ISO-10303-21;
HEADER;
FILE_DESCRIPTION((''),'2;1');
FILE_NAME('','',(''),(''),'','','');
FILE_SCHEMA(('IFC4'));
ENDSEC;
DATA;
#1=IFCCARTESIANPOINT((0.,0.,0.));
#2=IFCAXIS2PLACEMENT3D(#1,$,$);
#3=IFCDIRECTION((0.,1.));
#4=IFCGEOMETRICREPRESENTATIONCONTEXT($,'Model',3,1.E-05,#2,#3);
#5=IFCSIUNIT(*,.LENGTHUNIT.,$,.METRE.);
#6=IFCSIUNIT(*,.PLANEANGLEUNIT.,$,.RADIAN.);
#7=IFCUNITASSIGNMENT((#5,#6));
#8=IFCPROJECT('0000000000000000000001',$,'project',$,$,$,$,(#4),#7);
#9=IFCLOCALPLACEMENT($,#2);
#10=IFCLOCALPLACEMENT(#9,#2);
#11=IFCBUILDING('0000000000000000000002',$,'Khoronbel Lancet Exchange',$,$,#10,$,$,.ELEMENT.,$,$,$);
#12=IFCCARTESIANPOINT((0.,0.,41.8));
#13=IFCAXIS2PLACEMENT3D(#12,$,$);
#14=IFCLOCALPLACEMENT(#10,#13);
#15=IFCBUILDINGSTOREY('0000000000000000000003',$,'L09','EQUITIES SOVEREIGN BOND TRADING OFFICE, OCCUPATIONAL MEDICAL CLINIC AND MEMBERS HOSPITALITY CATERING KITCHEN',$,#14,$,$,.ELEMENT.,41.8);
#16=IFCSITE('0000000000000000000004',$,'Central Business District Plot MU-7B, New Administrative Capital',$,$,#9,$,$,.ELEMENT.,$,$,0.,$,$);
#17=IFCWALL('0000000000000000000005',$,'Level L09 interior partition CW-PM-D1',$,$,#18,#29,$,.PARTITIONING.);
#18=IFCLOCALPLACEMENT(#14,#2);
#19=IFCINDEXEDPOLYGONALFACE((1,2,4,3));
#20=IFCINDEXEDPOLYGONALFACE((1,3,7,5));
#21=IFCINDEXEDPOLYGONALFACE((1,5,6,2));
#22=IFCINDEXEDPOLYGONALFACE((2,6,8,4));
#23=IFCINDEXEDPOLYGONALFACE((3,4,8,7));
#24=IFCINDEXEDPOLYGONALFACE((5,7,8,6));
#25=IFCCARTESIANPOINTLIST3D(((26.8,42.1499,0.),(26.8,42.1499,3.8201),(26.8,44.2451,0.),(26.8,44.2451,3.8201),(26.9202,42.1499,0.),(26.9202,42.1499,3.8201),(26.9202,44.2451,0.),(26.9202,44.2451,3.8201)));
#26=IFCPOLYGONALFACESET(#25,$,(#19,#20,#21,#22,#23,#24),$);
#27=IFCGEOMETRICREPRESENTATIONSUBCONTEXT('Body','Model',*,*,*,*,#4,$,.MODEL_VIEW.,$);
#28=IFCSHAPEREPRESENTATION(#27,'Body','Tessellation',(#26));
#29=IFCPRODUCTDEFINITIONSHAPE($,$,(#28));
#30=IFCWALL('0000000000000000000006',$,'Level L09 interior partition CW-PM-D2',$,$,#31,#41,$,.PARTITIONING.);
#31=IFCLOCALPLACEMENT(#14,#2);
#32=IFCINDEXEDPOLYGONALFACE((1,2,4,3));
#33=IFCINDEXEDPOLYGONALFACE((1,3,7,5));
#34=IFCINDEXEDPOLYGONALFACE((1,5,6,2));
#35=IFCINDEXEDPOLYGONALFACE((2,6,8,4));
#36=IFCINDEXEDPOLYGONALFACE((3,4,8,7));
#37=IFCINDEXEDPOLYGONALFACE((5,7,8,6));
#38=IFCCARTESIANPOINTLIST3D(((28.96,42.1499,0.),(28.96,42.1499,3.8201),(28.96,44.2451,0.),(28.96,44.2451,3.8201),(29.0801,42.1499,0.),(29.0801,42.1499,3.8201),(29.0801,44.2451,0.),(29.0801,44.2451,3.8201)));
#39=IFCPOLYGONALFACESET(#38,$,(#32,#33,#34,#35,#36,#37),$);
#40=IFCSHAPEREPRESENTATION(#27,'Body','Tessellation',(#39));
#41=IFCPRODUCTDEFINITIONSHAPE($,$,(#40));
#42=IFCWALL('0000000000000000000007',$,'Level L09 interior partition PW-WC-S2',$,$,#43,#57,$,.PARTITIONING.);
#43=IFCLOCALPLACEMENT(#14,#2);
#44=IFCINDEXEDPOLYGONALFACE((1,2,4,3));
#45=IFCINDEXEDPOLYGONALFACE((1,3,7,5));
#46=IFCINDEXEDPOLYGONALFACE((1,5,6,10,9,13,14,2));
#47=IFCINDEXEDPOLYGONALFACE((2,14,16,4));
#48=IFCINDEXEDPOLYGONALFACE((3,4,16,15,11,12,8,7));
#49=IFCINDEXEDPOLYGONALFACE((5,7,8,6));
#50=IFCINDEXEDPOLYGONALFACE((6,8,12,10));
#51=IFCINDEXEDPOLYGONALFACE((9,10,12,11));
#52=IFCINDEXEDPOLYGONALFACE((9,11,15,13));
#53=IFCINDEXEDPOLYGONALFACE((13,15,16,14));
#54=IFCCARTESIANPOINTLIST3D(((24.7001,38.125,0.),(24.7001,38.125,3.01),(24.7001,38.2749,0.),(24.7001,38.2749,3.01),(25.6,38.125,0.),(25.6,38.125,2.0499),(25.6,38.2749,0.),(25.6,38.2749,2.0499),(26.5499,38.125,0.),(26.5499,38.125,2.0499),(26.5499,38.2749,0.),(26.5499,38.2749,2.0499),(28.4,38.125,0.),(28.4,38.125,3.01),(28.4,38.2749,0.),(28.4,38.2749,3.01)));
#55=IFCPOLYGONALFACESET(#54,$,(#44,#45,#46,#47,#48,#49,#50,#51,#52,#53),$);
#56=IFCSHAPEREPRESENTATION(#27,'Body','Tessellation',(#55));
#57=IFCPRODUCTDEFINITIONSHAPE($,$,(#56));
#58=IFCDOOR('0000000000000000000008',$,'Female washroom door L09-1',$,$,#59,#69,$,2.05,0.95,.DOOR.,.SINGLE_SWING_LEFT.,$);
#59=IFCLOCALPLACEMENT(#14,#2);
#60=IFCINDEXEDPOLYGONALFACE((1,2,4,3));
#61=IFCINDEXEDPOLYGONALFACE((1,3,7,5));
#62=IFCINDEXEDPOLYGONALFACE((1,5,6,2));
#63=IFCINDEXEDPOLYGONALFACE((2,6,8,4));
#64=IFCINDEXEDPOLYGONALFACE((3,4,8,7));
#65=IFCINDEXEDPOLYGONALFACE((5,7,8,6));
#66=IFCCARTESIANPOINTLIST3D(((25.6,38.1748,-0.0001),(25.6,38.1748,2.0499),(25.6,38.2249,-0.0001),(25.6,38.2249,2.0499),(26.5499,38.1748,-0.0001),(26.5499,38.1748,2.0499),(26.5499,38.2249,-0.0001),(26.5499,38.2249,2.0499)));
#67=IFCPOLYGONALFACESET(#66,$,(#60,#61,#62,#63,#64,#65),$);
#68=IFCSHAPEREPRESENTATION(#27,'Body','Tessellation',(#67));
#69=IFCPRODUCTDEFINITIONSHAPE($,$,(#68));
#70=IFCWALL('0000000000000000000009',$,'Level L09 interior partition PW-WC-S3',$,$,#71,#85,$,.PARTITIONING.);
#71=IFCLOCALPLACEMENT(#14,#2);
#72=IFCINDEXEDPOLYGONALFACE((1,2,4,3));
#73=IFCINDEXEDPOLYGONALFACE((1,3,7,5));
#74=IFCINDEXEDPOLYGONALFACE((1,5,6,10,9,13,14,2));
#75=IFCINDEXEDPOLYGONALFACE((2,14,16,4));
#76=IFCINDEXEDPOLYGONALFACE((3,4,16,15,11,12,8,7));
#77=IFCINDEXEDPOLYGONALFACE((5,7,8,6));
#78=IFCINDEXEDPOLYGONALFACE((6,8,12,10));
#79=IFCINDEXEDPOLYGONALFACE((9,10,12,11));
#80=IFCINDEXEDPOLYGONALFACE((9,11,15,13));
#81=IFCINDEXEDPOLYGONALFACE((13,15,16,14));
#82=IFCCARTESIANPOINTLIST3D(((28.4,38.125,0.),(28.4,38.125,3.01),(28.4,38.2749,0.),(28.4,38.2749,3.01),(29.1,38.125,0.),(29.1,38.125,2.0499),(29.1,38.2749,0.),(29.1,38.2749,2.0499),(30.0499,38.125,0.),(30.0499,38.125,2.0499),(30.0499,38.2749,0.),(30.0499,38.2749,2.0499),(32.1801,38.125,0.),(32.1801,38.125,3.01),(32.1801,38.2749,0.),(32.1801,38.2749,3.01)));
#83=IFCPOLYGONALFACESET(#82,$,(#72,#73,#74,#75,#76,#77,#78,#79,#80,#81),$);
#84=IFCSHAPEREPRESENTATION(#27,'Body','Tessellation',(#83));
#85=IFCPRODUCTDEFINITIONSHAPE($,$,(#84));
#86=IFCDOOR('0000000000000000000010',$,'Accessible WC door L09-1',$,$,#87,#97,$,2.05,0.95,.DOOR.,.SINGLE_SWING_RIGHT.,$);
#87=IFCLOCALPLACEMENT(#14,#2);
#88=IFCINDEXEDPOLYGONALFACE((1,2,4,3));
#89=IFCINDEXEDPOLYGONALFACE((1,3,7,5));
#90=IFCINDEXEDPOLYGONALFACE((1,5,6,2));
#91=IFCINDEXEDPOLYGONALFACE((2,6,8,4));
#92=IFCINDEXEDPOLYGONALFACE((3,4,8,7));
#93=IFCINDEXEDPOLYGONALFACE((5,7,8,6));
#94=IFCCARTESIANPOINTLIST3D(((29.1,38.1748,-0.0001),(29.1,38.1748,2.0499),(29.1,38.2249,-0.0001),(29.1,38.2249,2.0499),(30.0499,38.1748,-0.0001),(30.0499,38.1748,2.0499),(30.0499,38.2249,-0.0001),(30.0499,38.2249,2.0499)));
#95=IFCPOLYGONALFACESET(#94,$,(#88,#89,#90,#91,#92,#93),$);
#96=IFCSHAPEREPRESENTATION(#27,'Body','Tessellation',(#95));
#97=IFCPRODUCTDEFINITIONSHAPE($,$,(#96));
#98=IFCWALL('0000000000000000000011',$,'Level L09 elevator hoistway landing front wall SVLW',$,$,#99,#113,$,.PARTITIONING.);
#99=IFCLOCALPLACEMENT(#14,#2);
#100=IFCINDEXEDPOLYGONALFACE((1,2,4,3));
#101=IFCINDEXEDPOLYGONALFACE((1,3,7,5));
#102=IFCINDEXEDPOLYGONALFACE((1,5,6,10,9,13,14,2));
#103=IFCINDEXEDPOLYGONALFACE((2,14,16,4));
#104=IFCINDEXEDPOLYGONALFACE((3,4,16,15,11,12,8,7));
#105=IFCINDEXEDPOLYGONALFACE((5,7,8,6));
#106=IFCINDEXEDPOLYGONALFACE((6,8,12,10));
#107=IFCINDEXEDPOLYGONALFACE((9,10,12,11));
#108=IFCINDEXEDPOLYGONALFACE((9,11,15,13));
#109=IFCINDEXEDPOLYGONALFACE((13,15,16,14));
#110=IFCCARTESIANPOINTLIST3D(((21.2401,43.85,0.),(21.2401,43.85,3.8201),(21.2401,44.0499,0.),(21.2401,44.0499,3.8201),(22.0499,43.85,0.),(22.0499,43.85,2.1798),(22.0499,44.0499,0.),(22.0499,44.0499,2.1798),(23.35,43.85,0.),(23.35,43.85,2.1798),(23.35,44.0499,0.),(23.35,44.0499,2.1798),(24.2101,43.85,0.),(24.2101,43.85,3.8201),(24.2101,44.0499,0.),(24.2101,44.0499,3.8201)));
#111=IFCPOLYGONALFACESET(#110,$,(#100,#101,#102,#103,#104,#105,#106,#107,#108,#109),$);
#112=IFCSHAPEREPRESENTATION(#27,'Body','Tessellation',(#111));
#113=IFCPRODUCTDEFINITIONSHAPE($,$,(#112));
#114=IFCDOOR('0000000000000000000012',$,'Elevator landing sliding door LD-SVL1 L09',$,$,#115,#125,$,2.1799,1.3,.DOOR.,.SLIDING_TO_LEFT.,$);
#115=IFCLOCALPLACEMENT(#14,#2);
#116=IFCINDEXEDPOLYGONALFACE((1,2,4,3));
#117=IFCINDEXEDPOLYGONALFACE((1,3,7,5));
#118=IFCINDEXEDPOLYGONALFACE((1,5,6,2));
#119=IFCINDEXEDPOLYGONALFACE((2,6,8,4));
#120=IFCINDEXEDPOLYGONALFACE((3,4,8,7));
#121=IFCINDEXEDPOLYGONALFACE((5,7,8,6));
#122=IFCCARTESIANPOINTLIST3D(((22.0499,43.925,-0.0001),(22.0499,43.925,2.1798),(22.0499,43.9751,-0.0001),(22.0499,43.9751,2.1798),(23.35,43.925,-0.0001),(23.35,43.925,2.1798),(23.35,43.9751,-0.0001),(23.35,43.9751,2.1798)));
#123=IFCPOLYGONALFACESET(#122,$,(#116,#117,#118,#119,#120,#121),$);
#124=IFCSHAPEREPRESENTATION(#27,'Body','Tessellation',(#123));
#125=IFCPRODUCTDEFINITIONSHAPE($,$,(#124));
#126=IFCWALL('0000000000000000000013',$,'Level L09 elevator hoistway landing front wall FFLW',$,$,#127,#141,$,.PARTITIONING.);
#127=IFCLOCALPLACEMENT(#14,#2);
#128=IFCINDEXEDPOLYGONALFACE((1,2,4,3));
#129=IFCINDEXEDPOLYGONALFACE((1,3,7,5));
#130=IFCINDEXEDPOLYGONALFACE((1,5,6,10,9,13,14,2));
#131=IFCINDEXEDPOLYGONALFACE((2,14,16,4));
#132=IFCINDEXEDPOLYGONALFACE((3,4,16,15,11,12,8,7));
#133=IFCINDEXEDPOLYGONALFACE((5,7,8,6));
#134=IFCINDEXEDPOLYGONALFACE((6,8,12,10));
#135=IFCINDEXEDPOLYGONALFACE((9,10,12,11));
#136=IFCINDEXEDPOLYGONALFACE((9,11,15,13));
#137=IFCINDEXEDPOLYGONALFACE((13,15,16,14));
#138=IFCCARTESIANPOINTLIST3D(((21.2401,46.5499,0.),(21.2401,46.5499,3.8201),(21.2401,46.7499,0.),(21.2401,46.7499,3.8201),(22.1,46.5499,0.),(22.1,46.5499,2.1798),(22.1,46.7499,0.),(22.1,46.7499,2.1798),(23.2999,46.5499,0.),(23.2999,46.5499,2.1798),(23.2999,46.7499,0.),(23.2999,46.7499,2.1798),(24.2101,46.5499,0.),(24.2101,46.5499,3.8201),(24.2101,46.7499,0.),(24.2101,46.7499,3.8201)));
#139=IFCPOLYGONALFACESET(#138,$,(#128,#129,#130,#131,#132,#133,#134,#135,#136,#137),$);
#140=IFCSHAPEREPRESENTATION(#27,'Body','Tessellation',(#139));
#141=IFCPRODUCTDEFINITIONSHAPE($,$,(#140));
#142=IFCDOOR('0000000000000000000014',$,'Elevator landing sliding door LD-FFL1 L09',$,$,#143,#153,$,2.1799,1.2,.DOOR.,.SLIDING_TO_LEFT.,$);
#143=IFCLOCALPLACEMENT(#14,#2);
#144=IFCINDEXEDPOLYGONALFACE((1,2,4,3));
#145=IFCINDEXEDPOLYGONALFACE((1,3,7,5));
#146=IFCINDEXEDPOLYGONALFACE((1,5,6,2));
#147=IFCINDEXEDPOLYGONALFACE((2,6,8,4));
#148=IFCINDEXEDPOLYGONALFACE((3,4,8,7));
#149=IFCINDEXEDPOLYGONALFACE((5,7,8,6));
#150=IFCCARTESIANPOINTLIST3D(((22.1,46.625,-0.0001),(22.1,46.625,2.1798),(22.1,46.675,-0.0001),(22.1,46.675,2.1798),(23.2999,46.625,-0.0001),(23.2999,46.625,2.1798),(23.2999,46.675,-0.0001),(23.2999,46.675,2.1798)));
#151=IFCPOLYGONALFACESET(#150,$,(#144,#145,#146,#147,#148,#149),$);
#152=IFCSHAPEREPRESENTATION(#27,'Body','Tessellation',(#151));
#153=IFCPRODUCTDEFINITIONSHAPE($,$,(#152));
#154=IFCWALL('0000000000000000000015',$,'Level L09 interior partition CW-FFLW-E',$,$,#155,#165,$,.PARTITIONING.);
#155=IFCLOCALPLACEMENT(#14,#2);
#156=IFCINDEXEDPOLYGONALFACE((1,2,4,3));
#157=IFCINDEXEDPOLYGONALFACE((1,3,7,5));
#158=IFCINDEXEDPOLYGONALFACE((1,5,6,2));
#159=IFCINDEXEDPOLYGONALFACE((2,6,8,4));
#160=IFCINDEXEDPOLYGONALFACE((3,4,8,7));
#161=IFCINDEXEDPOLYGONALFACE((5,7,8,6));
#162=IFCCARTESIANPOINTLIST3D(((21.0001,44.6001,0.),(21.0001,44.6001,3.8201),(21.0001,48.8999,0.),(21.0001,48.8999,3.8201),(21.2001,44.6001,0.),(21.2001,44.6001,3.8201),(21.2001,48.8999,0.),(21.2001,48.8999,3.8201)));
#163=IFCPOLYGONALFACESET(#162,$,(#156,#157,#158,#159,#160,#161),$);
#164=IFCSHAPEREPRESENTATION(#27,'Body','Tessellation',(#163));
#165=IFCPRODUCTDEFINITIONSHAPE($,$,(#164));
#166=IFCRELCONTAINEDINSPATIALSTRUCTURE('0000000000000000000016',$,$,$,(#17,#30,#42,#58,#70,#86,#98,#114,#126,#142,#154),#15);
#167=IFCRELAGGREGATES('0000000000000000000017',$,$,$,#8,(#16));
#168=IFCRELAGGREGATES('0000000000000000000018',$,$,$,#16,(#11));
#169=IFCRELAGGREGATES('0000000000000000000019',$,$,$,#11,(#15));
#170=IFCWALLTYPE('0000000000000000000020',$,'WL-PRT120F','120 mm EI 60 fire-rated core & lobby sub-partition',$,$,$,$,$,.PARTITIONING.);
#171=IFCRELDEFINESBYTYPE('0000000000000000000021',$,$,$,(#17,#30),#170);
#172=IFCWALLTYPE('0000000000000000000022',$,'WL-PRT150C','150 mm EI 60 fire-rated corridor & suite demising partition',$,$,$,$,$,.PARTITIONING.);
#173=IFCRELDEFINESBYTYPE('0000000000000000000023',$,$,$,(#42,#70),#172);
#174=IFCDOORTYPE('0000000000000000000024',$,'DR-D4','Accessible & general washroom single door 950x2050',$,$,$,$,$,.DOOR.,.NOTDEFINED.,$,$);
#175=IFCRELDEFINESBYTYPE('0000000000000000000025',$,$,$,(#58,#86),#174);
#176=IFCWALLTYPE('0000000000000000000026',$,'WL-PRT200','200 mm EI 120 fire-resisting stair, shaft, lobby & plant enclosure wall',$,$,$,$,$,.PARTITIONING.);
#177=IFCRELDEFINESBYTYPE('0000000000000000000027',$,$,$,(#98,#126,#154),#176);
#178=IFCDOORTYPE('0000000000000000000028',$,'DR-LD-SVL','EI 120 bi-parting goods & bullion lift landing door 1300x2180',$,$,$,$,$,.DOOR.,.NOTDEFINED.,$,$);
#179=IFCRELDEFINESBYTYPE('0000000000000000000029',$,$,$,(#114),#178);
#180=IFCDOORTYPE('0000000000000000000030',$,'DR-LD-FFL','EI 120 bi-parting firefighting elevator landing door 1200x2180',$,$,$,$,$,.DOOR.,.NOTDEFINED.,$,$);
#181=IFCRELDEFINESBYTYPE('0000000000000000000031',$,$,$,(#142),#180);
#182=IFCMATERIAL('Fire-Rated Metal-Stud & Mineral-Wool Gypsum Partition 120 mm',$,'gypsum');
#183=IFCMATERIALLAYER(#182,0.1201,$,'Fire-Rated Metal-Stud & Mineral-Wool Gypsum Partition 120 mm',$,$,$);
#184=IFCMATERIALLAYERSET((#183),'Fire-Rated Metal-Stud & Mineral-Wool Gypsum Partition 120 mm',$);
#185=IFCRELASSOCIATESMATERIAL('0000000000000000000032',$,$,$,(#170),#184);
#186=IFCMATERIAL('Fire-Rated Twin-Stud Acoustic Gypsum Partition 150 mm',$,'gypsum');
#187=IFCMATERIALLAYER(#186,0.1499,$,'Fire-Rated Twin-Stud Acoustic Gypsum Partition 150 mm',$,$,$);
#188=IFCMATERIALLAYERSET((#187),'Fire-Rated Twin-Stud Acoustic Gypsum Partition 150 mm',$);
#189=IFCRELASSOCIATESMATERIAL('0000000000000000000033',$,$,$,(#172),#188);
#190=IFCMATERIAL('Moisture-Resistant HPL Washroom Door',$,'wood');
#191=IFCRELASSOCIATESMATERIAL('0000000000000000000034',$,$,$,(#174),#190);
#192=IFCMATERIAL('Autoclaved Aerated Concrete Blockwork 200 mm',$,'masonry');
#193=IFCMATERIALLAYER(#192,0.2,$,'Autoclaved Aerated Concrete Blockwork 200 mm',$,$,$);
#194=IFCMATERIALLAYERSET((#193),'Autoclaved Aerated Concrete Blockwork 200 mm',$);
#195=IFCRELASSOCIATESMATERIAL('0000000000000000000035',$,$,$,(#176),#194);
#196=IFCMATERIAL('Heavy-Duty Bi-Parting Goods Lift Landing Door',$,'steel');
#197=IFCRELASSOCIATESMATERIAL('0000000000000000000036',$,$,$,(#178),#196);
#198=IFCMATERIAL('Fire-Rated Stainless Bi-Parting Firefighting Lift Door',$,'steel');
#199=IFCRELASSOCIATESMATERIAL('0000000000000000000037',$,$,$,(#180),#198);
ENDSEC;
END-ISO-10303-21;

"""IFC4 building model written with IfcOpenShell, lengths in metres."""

from ifc_helpers import new_model, si_unit, direction, frame, frame_2d, origin, place, context, subcontext, project, spatial, rectangle, extrude, material, layer, layer_set, type_object, element, fill, save


model = new_model("IFC4")

# Units and contexts
model_context = context("Model", 3, precision=1e-05, world=origin(), true_north=direction((0.0, 1.0)))
body_context = subcontext(model_context, "Body", "Model", "MODEL_VIEW")
ifc_project = project(units=[si_unit("LENGTHUNIT", "METRE"), si_unit("PLANEANGLEUNIT", "RADIAN")], contexts=[model_context])

# Site, building, storey
site_placement = place(None, origin())
site = spatial("IfcSite", under=ifc_project, at=site_placement, Name="Central Business District Plot MU-7B, New Administrative Capital", CompositionType="ELEMENT", RefElevation=0.0)
building_placement = place(site_placement, origin())
building = spatial("IfcBuilding", under=site, at=building_placement, Name="Khoronbel Lancet Exchange", CompositionType="ELEMENT")
storey_placement = place(building_placement, frame((0.0, 0.0, 41.8)))
storey = spatial("IfcBuildingStorey", under=building, at=storey_placement, Name="L09", Description="EQUITIES SOVEREIGN BOND TRADING OFFICE, OCCUPATIONAL MEDICAL CLINIC AND MEMBERS HOSPITALITY CATERING KITCHEN", CompositionType="ELEMENT", Elevation=41.8)

# Walls
ifc_material_1 = material(Name="Fire-Rated Metal-Stud & Mineral-Wool Gypsum Partition 120 mm", Category="gypsum")
ifc_layer_1 = layer(ifc_material_1, 0.1201, Name="Fire-Rated Metal-Stud & Mineral-Wool Gypsum Partition 120 mm")
ifc_layer_set_1 = layer_set([ifc_layer_1], Name="Fire-Rated Metal-Stud & Mineral-Wool Gypsum Partition 120 mm")
wall_type_1 = type_object("IfcWallType", Name="WL-PRT120F", Description="120 mm EI 60 fire-rated core & lobby sub-partition", PredefinedType="PARTITIONING", material=ifc_layer_set_1)
for number, where, z_axis, x_axis, name in (
    (1, (26.8601, 42.1499, 0.0), (0.0, 0.0, 1.0), (0.0, 1.0, 0.0), "Level L09 interior partition CW-PM-D1"),
    (2, (29.02, 42.1499, 0.0), (0.0, 0.0, 1.0), (0.0, 1.0, 0.0), "Level L09 interior partition CW-PM-D2"),
):
    element("IfcWall", number, at=place(storey_placement, frame(where, z_axis=z_axis, x_axis=x_axis)), inside=storey, type_object=wall_type_1, Name=name, PredefinedType="PARTITIONING", context=body_context, shape_type="SweptSolid", body=[
        extrude(rectangle(XDim=2.0952, YDim=0.1201, at=frame_2d((1.0476, 0.0))), origin(), (0.0, 0.0, 1.0), 3.8201),
    ])

# Walls, openings, doors
ifc_material_2 = material(Name="Fire-Rated Twin-Stud Acoustic Gypsum Partition 150 mm", Category="gypsum")
ifc_layer_2 = layer(ifc_material_2, 0.1499, Name="Fire-Rated Twin-Stud Acoustic Gypsum Partition 150 mm")
ifc_layer_set_2 = layer_set([ifc_layer_2], Name="Fire-Rated Twin-Stud Acoustic Gypsum Partition 150 mm")
wall_type_2 = type_object("IfcWallType", Name="WL-PRT150C", Description="150 mm EI 60 fire-rated corridor & suite demising partition", PredefinedType="PARTITIONING", material=ifc_layer_set_2)
wall_1_placement = place(storey_placement, frame((24.7, 38.2, 0.0), z_axis=(0.0, 0.0, 1.0), x_axis=(1.0, 0.0, 0.0)))
wall_1 = element("IfcWall", 3, at=wall_1_placement, inside=storey, type_object=wall_type_2, Name="Level L09 interior partition PW-WC-S2", PredefinedType="PARTITIONING", context=body_context, shape_type="SweptSolid", body=[
    extrude(rectangle(XDim=3.7, YDim=0.1499, at=frame_2d((1.8501, 0.0))), origin(), (0.0, 0.0, 1.0), 3.01),
])
opening_1_placement = place(wall_1_placement, frame((0.8999, 0.0, 0.0)))
opening_1 = element("IfcOpeningElement", 4, at=opening_1_placement, cuts=wall_1, PredefinedType="OPENING", context=body_context, shape_type="SweptSolid", body=[
    extrude(rectangle(XDim=0.95, YDim=2.05, at=frame_2d((0.4751, 1.0249))), frame((0.0, 0.085, 0.0), z_axis=(0.0, -1.0, 0.0), x_axis=(1.0, 0.0, 0.0)), (0.0, 0.0, 1.0), 0.1699),
])
ifc_material_3 = material(Name="Moisture-Resistant HPL Washroom Door", Category="wood")
door_type_1 = type_object("IfcDoorType", Name="DR-D4", Description="Accessible & general washroom single door 950x2050", OperationType="NOTDEFINED", PredefinedType="DOOR", material=ifc_material_3)
door_1_placement = place(opening_1_placement, origin())
door_1 = element("IfcDoor", 5, at=door_1_placement, inside=storey, type_object=door_type_1, Name="Female washroom door L09-1", OperationType="SINGLE_SWING_LEFT", OverallHeight=2.05, OverallWidth=0.95, PredefinedType="DOOR", context=body_context, shape_type="SweptSolid", body=[
    extrude(rectangle(XDim=0.95, YDim=2.05, at=frame_2d((0.4751, 1.0249))), frame((0.0, 0.0249, 0.0), z_axis=(0.0, -1.0, 0.0), x_axis=(1.0, 0.0, 0.0)), (0.0, 0.0, 1.0), 0.05),
])
fill(opening_1, door_1)
wall_2_placement = place(storey_placement, frame((28.3999, 38.2, 0.0), z_axis=(0.0, 0.0, 1.0), x_axis=(1.0, 0.0, 0.0)))
wall_2 = element("IfcWall", 6, at=wall_2_placement, inside=storey, type_object=wall_type_2, Name="Level L09 interior partition PW-WC-S3", PredefinedType="PARTITIONING", context=body_context, shape_type="SweptSolid", body=[
    extrude(rectangle(XDim=3.78, YDim=0.1499, at=frame_2d((1.8901, 0.0))), origin(), (0.0, 0.0, 1.0), 3.01),
])
opening_2_placement = place(wall_2_placement, frame((0.7, 0.0, 0.0)))
opening_2 = element("IfcOpeningElement", 7, at=opening_2_placement, cuts=wall_2, PredefinedType="OPENING", context=body_context, shape_type="SweptSolid", body=[
    extrude(rectangle(XDim=0.95, YDim=2.05, at=frame_2d((0.4751, 1.0249))), frame((0.0, 0.085, 0.0), z_axis=(0.0, -1.0, 0.0), x_axis=(1.0, 0.0, 0.0)), (0.0, 0.0, 1.0), 0.1699),
])
door_2_placement = place(opening_2_placement, origin())
door_2 = element("IfcDoor", 8, at=door_2_placement, inside=storey, type_object=door_type_1, Name="Accessible WC door L09-1", OperationType="SINGLE_SWING_RIGHT", OverallHeight=2.05, OverallWidth=0.95, PredefinedType="DOOR", context=body_context, shape_type="SweptSolid", body=[
    extrude(rectangle(XDim=0.95, YDim=2.05, at=frame_2d((0.4751, 1.0249))), frame((0.0, 0.0249, 0.0), z_axis=(0.0, -1.0, 0.0), x_axis=(1.0, 0.0, 0.0)), (0.0, 0.0, 1.0), 0.05),
])
fill(opening_2, door_2)
ifc_material_4 = material(Name="Autoclaved Aerated Concrete Blockwork 200 mm", Category="masonry")
ifc_layer_3 = layer(ifc_material_4, 0.2, Name="Autoclaved Aerated Concrete Blockwork 200 mm")
ifc_layer_set_3 = layer_set([ifc_layer_3], Name="Autoclaved Aerated Concrete Blockwork 200 mm")
wall_type_3 = type_object("IfcWallType", Name="WL-PRT200", Description="200 mm EI 120 fire-resisting stair, shaft, lobby & plant enclosure wall", PredefinedType="PARTITIONING", material=ifc_layer_set_3)
wall_3_placement = place(storey_placement, frame((24.21, 43.95, 0.0), z_axis=(0.0, 0.0, 1.0), x_axis=(-1.0, 0.0, 0.0)))
wall_3 = element("IfcWall", 9, at=wall_3_placement, inside=storey, type_object=wall_type_3, Name="Level L09 elevator hoistway landing front wall SVLW", PredefinedType="PARTITIONING", context=body_context, shape_type="SweptSolid", body=[
    extrude(rectangle(XDim=2.97, YDim=0.2, at=frame_2d((1.4849, 0.0))), origin(), (0.0, 0.0, 1.0), 3.8201),
])
opening_3_placement = place(wall_3_placement, frame((0.8601, 0.0, 0.0)))
opening_3 = element("IfcOpeningElement", 10, at=opening_3_placement, cuts=wall_3, PredefinedType="OPENING", context=body_context, shape_type="SweptSolid", body=[
    extrude(rectangle(XDim=1.3, YDim=2.1799, at=frame_2d((0.6499, 1.0898))), frame((0.0, 0.1099, 0.0), z_axis=(0.0, -1.0, 0.0), x_axis=(1.0, 0.0, 0.0)), (0.0, 0.0, 1.0), 0.22),
])
ifc_material_5 = material(Name="Heavy-Duty Bi-Parting Goods Lift Landing Door", Category="steel")
door_type_2 = type_object("IfcDoorType", Name="DR-LD-SVL", Description="EI 120 bi-parting goods & bullion lift landing door 1300x2180", OperationType="NOTDEFINED", PredefinedType="DOOR", material=ifc_material_5)
door_3_placement = place(opening_3_placement, origin())
door_3 = element("IfcDoor", 11, at=door_3_placement, inside=storey, type_object=door_type_2, Name="Elevator landing sliding door LD-SVL1 L09", OperationType="SLIDING_TO_LEFT", OverallHeight=2.1799, OverallWidth=1.3, PredefinedType="DOOR", context=body_context, shape_type="SweptSolid", body=[
    extrude(rectangle(XDim=1.3, YDim=2.1799, at=frame_2d((0.6499, 1.0898))), frame((0.0, 0.0249, 0.0), z_axis=(0.0, -1.0, 0.0), x_axis=(1.0, 0.0, 0.0)), (0.0, 0.0, 1.0), 0.05),
])
fill(opening_3, door_3)
wall_4_placement = place(storey_placement, frame((24.21, 46.6499, 0.0), z_axis=(0.0, 0.0, 1.0), x_axis=(-1.0, 0.0, 0.0)))
wall_4 = element("IfcWall", 12, at=wall_4_placement, inside=storey, type_object=wall_type_3, Name="Level L09 elevator hoistway landing front wall FFLW", PredefinedType="PARTITIONING", context=body_context, shape_type="SweptSolid", body=[
    extrude(rectangle(XDim=2.97, YDim=0.2, at=frame_2d((1.4849, 0.0))), origin(), (0.0, 0.0, 1.0), 3.8201),
])
opening_4_placement = place(wall_4_placement, frame((0.9099, 0.0, 0.0)))
opening_4 = element("IfcOpeningElement", 13, at=opening_4_placement, cuts=wall_4, PredefinedType="OPENING", context=body_context, shape_type="SweptSolid", body=[
    extrude(rectangle(XDim=1.2, YDim=2.1799, at=frame_2d((0.6001, 1.0898))), frame((0.0, 0.1099, 0.0), z_axis=(0.0, -1.0, 0.0), x_axis=(1.0, 0.0, 0.0)), (0.0, 0.0, 1.0), 0.22),
])
ifc_material_6 = material(Name="Fire-Rated Stainless Bi-Parting Firefighting Lift Door", Category="steel")
door_type_3 = type_object("IfcDoorType", Name="DR-LD-FFL", Description="EI 120 bi-parting firefighting elevator landing door 1200x2180", OperationType="NOTDEFINED", PredefinedType="DOOR", material=ifc_material_6)
door_4_placement = place(opening_4_placement, origin())
door_4 = element("IfcDoor", 14, at=door_4_placement, inside=storey, type_object=door_type_3, Name="Elevator landing sliding door LD-FFL1 L09", OperationType="SLIDING_TO_LEFT", OverallHeight=2.1799, OverallWidth=1.2, PredefinedType="DOOR", context=body_context, shape_type="SweptSolid", body=[
    extrude(rectangle(XDim=1.2, YDim=2.1799, at=frame_2d((0.6001, 1.0898))), frame((0.0, 0.0249, 0.0), z_axis=(0.0, -1.0, 0.0), x_axis=(1.0, 0.0, 0.0)), (0.0, 0.0, 1.0), 0.05),
])
fill(opening_4, door_4)

# Wall
wall_5_placement = place(storey_placement, frame((21.1001, 44.6001, 0.0), z_axis=(0.0, 0.0, 1.0), x_axis=(0.0, 1.0, 0.0)))
element("IfcWall", 15, at=wall_5_placement, inside=storey, type_object=wall_type_3, Name="Level L09 interior partition CW-FFLW-E", PredefinedType="PARTITIONING", context=body_context, shape_type="SweptSolid", body=[
    extrude(rectangle(XDim=4.2998, YDim=0.2, at=frame_2d((2.1499, 0.0))), origin(), (0.0, 0.0, 1.0), 3.8201),
])

save(model, "model.ifc")
